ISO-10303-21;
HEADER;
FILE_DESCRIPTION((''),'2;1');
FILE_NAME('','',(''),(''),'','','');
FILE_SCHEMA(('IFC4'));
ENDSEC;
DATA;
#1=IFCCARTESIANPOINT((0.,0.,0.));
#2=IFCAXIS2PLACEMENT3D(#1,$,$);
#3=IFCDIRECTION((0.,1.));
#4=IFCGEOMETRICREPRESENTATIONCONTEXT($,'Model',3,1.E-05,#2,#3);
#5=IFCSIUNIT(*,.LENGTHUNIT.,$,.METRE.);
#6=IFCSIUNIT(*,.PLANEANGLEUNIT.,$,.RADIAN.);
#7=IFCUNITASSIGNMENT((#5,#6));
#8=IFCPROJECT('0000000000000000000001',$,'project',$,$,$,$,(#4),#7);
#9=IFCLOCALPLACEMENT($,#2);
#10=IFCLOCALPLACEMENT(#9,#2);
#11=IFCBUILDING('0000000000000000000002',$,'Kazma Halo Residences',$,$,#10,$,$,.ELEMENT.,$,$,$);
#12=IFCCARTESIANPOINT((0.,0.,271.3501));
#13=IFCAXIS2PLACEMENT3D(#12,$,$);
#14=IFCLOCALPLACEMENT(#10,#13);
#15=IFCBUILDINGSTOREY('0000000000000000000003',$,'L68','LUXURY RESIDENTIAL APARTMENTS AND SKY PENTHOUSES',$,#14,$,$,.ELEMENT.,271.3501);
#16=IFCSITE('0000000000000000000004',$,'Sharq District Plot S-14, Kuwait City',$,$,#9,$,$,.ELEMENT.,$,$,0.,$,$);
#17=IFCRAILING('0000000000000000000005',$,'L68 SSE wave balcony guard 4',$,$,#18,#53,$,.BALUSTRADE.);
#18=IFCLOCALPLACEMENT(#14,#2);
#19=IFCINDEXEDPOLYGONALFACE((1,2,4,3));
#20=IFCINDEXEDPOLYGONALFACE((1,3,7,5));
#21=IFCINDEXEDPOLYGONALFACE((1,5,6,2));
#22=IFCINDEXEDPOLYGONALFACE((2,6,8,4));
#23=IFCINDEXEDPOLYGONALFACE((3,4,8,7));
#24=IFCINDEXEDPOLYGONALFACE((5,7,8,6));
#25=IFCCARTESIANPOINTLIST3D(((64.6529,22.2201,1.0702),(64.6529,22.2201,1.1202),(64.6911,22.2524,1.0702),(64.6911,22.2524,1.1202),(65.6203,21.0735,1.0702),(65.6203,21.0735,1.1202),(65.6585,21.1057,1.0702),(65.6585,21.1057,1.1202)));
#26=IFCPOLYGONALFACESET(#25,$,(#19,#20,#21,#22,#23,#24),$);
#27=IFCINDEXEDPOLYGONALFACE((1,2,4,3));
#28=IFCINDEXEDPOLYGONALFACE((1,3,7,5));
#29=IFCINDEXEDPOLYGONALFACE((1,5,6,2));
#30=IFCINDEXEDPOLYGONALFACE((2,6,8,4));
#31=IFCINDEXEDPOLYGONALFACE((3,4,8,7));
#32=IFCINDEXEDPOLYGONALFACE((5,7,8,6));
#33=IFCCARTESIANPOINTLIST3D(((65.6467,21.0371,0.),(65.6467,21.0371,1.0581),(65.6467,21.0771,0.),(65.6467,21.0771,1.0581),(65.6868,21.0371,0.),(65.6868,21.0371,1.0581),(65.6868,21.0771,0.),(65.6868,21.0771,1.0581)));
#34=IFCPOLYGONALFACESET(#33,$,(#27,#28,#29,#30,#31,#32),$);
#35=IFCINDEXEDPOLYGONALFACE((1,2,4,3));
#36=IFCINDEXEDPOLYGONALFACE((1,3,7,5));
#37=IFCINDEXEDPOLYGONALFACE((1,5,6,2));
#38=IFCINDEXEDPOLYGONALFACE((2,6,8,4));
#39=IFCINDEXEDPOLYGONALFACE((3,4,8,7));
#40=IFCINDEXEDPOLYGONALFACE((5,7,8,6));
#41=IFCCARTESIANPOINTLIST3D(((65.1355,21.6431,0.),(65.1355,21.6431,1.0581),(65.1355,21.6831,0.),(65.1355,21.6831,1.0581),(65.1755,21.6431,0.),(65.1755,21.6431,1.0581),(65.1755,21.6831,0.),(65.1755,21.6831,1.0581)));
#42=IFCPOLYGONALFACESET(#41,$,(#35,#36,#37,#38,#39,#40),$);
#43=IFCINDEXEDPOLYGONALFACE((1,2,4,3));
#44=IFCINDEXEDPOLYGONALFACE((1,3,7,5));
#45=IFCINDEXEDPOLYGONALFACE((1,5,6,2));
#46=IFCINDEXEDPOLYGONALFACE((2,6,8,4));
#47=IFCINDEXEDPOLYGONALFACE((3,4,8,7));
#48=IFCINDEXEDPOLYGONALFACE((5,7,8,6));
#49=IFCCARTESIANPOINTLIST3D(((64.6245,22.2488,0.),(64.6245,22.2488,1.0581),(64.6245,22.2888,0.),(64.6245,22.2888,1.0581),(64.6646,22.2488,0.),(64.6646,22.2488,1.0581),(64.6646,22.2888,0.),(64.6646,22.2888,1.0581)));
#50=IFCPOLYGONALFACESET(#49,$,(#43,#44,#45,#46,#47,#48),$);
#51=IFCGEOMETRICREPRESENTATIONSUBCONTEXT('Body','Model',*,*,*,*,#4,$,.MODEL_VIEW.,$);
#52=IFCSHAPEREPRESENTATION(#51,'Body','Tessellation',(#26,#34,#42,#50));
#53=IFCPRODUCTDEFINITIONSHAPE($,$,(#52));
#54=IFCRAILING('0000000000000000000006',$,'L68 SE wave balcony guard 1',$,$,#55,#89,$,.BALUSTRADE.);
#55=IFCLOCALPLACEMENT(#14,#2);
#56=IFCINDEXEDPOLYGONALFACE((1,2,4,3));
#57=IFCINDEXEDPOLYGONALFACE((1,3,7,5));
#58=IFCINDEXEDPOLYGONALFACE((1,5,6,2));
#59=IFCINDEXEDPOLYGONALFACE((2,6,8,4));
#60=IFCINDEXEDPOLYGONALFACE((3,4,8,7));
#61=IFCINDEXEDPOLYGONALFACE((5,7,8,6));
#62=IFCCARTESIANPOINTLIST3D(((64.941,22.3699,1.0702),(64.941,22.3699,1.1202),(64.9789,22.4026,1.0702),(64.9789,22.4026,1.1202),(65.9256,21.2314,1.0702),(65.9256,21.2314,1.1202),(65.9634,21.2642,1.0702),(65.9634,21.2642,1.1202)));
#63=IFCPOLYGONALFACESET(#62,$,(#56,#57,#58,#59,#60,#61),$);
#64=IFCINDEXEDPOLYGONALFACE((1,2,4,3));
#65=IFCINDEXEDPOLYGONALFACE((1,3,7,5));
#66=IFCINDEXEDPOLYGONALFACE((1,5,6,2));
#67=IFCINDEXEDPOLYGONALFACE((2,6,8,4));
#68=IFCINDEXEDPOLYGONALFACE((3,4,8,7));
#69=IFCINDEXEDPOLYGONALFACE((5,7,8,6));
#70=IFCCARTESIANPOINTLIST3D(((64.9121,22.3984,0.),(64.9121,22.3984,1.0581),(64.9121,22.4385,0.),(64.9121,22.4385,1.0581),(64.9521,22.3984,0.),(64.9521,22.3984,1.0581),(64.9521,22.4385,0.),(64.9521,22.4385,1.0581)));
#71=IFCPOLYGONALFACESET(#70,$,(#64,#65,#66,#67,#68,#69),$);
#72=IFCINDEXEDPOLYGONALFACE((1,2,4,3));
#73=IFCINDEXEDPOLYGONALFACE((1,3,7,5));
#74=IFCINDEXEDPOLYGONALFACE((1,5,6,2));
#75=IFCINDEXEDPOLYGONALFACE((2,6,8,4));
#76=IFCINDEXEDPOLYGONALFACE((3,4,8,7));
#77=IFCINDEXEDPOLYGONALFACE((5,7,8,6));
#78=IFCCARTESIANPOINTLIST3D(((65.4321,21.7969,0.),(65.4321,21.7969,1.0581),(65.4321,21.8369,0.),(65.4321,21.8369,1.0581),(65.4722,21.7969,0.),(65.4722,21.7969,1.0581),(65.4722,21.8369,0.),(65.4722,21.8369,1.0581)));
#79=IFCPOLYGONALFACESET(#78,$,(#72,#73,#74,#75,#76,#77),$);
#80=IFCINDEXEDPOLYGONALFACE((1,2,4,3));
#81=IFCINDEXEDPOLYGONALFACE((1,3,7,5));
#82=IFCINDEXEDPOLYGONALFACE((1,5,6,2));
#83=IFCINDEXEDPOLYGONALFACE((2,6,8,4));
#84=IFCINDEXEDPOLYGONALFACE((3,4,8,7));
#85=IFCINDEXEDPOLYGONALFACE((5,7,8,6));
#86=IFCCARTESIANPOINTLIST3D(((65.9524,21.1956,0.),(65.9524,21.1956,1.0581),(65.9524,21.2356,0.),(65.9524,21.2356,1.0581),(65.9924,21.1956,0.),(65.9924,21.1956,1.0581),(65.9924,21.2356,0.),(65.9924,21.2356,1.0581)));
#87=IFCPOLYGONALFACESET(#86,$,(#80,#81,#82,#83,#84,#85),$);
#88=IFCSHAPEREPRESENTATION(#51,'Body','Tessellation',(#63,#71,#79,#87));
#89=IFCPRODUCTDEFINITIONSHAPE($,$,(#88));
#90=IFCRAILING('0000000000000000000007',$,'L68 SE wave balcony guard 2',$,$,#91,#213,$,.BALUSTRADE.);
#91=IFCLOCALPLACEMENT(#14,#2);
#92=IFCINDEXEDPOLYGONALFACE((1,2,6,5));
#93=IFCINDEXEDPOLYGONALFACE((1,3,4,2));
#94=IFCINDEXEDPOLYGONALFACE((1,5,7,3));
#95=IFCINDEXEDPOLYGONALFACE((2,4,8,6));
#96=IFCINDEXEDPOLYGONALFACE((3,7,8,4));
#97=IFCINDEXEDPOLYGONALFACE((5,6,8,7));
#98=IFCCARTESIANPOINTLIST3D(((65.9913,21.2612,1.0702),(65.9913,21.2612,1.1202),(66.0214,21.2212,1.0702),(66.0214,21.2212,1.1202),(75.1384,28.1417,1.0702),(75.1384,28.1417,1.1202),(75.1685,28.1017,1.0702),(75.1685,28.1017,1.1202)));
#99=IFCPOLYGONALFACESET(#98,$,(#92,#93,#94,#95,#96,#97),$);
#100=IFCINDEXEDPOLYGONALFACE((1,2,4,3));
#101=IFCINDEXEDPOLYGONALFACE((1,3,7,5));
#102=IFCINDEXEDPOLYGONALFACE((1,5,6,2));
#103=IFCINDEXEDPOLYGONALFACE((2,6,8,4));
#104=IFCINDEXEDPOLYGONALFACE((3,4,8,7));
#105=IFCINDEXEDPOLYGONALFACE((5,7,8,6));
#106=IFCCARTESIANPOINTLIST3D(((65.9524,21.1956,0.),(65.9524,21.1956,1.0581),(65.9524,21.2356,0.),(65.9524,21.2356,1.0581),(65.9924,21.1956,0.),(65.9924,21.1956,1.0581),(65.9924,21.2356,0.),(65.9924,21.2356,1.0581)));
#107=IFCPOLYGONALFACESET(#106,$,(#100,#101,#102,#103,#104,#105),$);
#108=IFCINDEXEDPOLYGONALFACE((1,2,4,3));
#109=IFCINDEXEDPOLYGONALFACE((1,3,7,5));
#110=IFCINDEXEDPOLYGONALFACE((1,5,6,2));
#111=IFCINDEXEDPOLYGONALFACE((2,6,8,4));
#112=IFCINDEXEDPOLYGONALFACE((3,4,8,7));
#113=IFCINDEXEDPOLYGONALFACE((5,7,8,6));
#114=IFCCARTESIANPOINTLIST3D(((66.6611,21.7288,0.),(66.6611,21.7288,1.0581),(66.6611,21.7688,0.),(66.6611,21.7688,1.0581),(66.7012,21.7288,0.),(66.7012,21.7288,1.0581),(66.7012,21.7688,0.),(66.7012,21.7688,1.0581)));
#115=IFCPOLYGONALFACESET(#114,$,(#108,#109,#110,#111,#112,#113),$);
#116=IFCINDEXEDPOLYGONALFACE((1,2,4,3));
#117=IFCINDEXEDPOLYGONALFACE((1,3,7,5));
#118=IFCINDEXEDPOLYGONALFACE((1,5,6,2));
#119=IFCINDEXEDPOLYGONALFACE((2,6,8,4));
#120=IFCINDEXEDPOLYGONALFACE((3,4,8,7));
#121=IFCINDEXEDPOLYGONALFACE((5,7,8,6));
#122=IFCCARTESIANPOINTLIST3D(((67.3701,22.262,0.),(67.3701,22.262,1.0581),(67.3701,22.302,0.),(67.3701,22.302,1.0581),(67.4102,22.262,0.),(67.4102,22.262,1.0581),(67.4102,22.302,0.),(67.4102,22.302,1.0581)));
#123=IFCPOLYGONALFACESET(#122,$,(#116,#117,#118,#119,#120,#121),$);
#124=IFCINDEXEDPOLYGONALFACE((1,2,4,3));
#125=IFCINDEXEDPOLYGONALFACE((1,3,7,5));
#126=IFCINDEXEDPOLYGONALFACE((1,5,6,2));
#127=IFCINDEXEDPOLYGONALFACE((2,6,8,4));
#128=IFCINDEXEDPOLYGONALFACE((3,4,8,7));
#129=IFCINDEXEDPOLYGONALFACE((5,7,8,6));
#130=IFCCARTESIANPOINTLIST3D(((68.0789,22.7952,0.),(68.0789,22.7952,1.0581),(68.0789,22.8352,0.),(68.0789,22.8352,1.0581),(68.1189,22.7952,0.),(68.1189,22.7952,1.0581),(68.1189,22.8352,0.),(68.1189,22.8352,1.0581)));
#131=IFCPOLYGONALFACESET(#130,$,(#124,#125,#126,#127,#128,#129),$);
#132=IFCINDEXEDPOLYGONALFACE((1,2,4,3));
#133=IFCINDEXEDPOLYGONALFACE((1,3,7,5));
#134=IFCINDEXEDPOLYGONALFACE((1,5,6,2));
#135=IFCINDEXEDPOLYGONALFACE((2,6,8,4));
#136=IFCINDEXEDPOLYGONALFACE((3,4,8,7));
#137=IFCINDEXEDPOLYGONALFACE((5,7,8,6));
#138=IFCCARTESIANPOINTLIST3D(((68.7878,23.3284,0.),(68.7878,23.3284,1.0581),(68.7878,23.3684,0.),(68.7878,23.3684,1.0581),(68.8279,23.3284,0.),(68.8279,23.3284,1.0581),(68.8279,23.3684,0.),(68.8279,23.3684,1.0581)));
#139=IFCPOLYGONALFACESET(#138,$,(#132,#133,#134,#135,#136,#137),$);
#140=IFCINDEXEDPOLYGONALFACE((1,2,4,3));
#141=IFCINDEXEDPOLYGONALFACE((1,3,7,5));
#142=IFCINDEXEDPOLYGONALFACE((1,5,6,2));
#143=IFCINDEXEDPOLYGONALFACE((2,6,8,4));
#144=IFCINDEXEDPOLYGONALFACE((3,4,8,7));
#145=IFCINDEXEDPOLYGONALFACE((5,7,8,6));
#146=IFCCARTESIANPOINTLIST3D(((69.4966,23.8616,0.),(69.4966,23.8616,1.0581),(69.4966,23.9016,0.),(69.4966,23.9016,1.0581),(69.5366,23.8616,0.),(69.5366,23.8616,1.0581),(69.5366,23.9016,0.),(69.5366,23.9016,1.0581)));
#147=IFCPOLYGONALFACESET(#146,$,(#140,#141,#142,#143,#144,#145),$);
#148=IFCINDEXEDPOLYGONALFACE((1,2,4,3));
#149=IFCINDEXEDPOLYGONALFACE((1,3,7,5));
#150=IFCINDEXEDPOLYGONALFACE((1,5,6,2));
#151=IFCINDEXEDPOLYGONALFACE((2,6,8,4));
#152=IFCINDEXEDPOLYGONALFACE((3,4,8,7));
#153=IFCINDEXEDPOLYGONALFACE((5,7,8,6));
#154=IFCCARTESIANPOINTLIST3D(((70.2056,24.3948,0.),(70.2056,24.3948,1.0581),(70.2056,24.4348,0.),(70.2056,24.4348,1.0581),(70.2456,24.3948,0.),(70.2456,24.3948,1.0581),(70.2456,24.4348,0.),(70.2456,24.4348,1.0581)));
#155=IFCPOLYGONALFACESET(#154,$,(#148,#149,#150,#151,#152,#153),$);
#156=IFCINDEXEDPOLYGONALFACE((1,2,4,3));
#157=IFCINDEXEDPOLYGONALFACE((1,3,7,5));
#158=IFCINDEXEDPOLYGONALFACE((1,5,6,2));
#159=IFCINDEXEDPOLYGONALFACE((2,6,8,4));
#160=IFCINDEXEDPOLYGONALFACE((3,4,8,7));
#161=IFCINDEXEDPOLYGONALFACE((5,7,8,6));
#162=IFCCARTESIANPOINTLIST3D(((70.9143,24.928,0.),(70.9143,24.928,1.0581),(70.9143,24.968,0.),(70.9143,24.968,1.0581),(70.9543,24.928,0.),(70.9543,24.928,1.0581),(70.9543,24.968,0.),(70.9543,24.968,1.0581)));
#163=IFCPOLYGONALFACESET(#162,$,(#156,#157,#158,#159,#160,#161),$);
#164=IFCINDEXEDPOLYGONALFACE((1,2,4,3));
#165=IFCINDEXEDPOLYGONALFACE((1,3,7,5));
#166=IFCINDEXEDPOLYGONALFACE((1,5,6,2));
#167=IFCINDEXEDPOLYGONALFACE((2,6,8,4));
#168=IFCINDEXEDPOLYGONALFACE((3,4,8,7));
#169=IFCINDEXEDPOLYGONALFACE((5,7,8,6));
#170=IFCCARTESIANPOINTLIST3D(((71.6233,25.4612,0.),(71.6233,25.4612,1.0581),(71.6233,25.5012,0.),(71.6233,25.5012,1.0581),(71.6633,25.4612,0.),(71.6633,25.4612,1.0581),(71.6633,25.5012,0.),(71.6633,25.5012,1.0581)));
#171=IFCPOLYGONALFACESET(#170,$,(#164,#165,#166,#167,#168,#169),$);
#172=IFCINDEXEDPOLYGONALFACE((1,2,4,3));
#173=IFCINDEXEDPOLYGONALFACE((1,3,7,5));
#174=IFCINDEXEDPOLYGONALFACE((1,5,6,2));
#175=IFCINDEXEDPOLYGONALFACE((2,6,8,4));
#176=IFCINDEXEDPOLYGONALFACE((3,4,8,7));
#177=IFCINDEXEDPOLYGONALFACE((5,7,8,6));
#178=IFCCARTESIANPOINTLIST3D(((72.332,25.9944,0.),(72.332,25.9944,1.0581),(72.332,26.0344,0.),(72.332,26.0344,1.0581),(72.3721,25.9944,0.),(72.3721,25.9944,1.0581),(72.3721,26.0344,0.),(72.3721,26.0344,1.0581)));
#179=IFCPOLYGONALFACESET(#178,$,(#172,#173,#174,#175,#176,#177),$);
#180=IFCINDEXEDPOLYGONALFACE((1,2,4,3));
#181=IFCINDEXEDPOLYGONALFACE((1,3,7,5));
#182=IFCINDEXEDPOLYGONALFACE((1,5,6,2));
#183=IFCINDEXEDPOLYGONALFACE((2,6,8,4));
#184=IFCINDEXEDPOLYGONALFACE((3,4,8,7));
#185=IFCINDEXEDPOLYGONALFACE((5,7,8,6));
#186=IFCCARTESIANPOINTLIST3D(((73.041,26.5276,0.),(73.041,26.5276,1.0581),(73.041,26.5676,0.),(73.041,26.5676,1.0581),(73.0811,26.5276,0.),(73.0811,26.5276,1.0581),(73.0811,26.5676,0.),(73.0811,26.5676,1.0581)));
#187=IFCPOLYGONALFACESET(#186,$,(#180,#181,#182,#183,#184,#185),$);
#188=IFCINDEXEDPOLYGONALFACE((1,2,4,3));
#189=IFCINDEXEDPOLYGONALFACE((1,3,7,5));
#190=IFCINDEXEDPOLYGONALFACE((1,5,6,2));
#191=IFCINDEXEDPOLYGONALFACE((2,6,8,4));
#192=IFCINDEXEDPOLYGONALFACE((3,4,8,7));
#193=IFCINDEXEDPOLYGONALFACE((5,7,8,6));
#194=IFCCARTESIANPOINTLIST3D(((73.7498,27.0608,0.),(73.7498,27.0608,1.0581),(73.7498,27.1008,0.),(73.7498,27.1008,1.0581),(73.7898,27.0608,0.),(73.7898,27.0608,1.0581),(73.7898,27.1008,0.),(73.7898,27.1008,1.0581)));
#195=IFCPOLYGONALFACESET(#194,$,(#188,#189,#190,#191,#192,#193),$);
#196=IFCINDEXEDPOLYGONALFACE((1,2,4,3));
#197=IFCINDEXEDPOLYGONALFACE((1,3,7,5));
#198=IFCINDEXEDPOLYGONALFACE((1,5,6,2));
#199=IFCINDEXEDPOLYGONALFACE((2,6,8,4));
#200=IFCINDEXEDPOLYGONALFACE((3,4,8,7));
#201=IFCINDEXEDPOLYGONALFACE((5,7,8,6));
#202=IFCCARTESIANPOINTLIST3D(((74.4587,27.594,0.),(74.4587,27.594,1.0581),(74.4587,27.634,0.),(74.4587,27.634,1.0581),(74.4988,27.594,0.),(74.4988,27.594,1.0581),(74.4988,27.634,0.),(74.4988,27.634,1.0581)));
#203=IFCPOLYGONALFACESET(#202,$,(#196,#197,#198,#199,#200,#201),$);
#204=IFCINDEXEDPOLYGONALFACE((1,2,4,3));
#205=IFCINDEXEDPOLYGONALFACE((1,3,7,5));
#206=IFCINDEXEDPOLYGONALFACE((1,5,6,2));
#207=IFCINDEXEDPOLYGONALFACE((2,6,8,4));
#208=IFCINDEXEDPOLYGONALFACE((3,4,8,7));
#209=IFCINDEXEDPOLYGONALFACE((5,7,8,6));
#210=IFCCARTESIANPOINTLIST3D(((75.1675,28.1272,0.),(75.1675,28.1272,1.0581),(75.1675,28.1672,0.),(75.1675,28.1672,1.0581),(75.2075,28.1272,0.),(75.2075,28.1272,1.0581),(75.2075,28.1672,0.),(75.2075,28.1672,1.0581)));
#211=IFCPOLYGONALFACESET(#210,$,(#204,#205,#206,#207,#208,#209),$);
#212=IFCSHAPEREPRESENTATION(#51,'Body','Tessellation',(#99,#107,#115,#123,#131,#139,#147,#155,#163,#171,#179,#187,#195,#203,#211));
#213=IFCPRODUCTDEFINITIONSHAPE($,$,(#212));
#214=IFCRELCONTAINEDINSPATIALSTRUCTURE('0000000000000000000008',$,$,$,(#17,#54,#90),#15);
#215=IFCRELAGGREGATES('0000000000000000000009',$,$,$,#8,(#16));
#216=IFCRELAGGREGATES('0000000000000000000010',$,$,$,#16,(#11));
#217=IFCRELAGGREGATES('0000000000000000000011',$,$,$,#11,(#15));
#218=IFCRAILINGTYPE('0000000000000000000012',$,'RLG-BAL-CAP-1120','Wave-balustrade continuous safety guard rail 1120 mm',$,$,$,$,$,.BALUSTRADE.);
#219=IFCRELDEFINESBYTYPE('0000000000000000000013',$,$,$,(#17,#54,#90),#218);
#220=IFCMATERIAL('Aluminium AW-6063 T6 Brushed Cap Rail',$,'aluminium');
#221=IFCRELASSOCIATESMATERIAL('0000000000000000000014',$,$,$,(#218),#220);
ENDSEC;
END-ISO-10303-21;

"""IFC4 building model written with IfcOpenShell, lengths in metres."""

from ifc_helpers import new_model, si_unit, direction, frame, origin, origin_2d, place, context, subcontext, project, spatial, rectangle, extrude, material, type_object, element, save


model = new_model("IFC4")

# Units and contexts
model_context = context("Model", 3, precision=1e-05, world=origin(), true_north=direction((0.0, 1.0)))
body_context = subcontext(model_context, "Body", "Model", "MODEL_VIEW")
ifc_project = project(units=[si_unit("LENGTHUNIT", "METRE"), si_unit("PLANEANGLEUNIT", "RADIAN")], contexts=[model_context])

# Site, building, storey
site_placement = place(None, origin())
site = spatial("IfcSite", under=ifc_project, at=site_placement, Name="Sharq District Plot S-14, Kuwait City", CompositionType="ELEMENT", RefElevation=0.0)
building_placement = place(site_placement, origin())
building = spatial("IfcBuilding", under=site, at=building_placement, Name="Kazma Halo Residences", CompositionType="ELEMENT")
storey_placement = place(building_placement, frame((0.0, 0.0, 271.3501)))
storey = spatial("IfcBuildingStorey", under=building, at=storey_placement, Name="L68", Description="LUXURY RESIDENTIAL APARTMENTS AND SKY PENTHOUSES", CompositionType="ELEMENT", Elevation=271.3501)

# Railings
ifc_material_1 = material(Name="Aluminium AW-6063 T6 Brushed Cap Rail", Category="aluminium")
railing_type = type_object("IfcRailingType", Name="RLG-BAL-CAP-1120", Description="Wave-balustrade continuous safety guard rail 1120 mm", PredefinedType="BALUSTRADE", material=ifc_material_1)
railing_1_placement = place(storey_placement, frame((65.6667, 21.0571, 0.0)))
element("IfcRailing", 1, at=railing_1_placement, inside=storey, type_object=railing_type, Name="L68 SSE wave balcony guard 4", PredefinedType="BALUSTRADE", context=body_context, shape_type="SweptSolid", body=[
    extrude(rectangle(XDim=0.05, YDim=0.05, at=origin_2d()), frame((-0.0273, 0.0325, 1.0952), z_axis=(-0.644823, 0.764332, 0.0), x_axis=(-0.764332, -0.644823, 0.0)), (0.0, 0.0, 1.0), 1.5002),
    extrude(rectangle(XDim=0.04, YDim=0.04, at=origin_2d()), origin(), (0.0, 0.0, 1.0), 1.0581),
    extrude(rectangle(XDim=0.04, YDim=0.04, at=origin_2d()), frame((-0.5112, 0.606, 0.0)), (0.0, 0.0, 1.0), 1.0581),
    extrude(rectangle(XDim=0.04, YDim=0.04, at=origin_2d()), frame((-1.0222, 1.2117, 0.0)), (0.0, 0.0, 1.0), 1.0581),
])
railing_2_placement = place(storey_placement, frame((64.9321, 22.4185, 0.0)))
element("IfcRailing", 2, at=railing_2_placement, inside=storey, type_object=railing_type, Name="L68 SE wave balcony guard 1", PredefinedType="BALUSTRADE", context=body_context, shape_type="SweptSolid", body=[
    extrude(rectangle(XDim=0.05, YDim=0.05, at=origin_2d()), frame((0.0278, -0.0322, 1.0952), z_axis=(0.654135, -0.756378, 0.0), x_axis=(0.756378, 0.654135, 0.0)), (0.0, 0.0, 1.0), 1.5051),
    extrude(rectangle(XDim=0.04, YDim=0.04, at=origin_2d()), origin(), (0.0, 0.0, 1.0), 1.0581),
    extrude(rectangle(XDim=0.04, YDim=0.04, at=origin_2d()), frame((0.52, -0.6016, 0.0)), (0.0, 0.0, 1.0), 1.0581),
    extrude(rectangle(XDim=0.04, YDim=0.04, at=origin_2d()), frame((1.0403, -1.2029, 0.0)), (0.0, 0.0, 1.0), 1.0581),
])
railing_3_placement = place(storey_placement, frame((65.9724, 21.2156, 0.0)))
element("IfcRailing", 3, at=railing_3_placement, inside=storey, type_object=railing_type, Name="L68 SE wave balcony guard 2", PredefinedType="BALUSTRADE", context=body_context, shape_type="SweptSolid", body=[
    extrude(rectangle(XDim=0.05, YDim=0.05, at=origin_2d()), frame((0.0339, 0.0256, 1.0952), z_axis=(0.799153, 0.601127, 0.0), x_axis=(-0.601127, 0.799153, 0.0)), (0.0, 0.0, 1.0), 11.446),
    extrude(rectangle(XDim=0.04, YDim=0.04, at=origin_2d()), origin(), (0.0, 0.0, 1.0), 1.0581),
    extrude(rectangle(XDim=0.04, YDim=0.04, at=origin_2d()), frame((0.7087, 0.5332, 0.0)), (0.0, 0.0, 1.0), 1.0581),
    extrude(rectangle(XDim=0.04, YDim=0.04, at=origin_2d()), frame((1.4177, 1.0664, 0.0)), (0.0, 0.0, 1.0), 1.0581),
    extrude(rectangle(XDim=0.04, YDim=0.04, at=origin_2d()), frame((2.1265, 1.5996, 0.0)), (0.0, 0.0, 1.0), 1.0581),
    extrude(rectangle(XDim=0.04, YDim=0.04, at=origin_2d()), frame((2.8354, 2.1328, 0.0)), (0.0, 0.0, 1.0), 1.0581),
    extrude(rectangle(XDim=0.04, YDim=0.04, at=origin_2d()), frame((3.5442, 2.666, 0.0)), (0.0, 0.0, 1.0), 1.0581),
    extrude(rectangle(XDim=0.04, YDim=0.04, at=origin_2d()), frame((4.2532, 3.1992, 0.0)), (0.0, 0.0, 1.0), 1.0581),
    extrude(rectangle(XDim=0.04, YDim=0.04, at=origin_2d()), frame((4.9619, 3.7324, 0.0)), (0.0, 0.0, 1.0), 1.0581),
    extrude(rectangle(XDim=0.04, YDim=0.04, at=origin_2d()), frame((5.6709, 4.2656, 0.0)), (0.0, 0.0, 1.0), 1.0581),
    extrude(rectangle(XDim=0.04, YDim=0.04, at=origin_2d()), frame((6.3796, 4.7988, 0.0)), (0.0, 0.0, 1.0), 1.0581),
    extrude(rectangle(XDim=0.04, YDim=0.04, at=origin_2d()), frame((7.0886, 5.332, 0.0)), (0.0, 0.0, 1.0), 1.0581),
    extrude(rectangle(XDim=0.04, YDim=0.04, at=origin_2d()), frame((7.7974, 5.8652, 0.0)), (0.0, 0.0, 1.0), 1.0581),
    extrude(rectangle(XDim=0.04, YDim=0.04, at=origin_2d()), frame((8.5063, 6.3984, 0.0)), (0.0, 0.0, 1.0), 1.0581),
    extrude(rectangle(XDim=0.04, YDim=0.04, at=origin_2d()), frame((9.2151, 6.9316, 0.0)), (0.0, 0.0, 1.0), 1.0581),
])

save(model, "model.ifc")
